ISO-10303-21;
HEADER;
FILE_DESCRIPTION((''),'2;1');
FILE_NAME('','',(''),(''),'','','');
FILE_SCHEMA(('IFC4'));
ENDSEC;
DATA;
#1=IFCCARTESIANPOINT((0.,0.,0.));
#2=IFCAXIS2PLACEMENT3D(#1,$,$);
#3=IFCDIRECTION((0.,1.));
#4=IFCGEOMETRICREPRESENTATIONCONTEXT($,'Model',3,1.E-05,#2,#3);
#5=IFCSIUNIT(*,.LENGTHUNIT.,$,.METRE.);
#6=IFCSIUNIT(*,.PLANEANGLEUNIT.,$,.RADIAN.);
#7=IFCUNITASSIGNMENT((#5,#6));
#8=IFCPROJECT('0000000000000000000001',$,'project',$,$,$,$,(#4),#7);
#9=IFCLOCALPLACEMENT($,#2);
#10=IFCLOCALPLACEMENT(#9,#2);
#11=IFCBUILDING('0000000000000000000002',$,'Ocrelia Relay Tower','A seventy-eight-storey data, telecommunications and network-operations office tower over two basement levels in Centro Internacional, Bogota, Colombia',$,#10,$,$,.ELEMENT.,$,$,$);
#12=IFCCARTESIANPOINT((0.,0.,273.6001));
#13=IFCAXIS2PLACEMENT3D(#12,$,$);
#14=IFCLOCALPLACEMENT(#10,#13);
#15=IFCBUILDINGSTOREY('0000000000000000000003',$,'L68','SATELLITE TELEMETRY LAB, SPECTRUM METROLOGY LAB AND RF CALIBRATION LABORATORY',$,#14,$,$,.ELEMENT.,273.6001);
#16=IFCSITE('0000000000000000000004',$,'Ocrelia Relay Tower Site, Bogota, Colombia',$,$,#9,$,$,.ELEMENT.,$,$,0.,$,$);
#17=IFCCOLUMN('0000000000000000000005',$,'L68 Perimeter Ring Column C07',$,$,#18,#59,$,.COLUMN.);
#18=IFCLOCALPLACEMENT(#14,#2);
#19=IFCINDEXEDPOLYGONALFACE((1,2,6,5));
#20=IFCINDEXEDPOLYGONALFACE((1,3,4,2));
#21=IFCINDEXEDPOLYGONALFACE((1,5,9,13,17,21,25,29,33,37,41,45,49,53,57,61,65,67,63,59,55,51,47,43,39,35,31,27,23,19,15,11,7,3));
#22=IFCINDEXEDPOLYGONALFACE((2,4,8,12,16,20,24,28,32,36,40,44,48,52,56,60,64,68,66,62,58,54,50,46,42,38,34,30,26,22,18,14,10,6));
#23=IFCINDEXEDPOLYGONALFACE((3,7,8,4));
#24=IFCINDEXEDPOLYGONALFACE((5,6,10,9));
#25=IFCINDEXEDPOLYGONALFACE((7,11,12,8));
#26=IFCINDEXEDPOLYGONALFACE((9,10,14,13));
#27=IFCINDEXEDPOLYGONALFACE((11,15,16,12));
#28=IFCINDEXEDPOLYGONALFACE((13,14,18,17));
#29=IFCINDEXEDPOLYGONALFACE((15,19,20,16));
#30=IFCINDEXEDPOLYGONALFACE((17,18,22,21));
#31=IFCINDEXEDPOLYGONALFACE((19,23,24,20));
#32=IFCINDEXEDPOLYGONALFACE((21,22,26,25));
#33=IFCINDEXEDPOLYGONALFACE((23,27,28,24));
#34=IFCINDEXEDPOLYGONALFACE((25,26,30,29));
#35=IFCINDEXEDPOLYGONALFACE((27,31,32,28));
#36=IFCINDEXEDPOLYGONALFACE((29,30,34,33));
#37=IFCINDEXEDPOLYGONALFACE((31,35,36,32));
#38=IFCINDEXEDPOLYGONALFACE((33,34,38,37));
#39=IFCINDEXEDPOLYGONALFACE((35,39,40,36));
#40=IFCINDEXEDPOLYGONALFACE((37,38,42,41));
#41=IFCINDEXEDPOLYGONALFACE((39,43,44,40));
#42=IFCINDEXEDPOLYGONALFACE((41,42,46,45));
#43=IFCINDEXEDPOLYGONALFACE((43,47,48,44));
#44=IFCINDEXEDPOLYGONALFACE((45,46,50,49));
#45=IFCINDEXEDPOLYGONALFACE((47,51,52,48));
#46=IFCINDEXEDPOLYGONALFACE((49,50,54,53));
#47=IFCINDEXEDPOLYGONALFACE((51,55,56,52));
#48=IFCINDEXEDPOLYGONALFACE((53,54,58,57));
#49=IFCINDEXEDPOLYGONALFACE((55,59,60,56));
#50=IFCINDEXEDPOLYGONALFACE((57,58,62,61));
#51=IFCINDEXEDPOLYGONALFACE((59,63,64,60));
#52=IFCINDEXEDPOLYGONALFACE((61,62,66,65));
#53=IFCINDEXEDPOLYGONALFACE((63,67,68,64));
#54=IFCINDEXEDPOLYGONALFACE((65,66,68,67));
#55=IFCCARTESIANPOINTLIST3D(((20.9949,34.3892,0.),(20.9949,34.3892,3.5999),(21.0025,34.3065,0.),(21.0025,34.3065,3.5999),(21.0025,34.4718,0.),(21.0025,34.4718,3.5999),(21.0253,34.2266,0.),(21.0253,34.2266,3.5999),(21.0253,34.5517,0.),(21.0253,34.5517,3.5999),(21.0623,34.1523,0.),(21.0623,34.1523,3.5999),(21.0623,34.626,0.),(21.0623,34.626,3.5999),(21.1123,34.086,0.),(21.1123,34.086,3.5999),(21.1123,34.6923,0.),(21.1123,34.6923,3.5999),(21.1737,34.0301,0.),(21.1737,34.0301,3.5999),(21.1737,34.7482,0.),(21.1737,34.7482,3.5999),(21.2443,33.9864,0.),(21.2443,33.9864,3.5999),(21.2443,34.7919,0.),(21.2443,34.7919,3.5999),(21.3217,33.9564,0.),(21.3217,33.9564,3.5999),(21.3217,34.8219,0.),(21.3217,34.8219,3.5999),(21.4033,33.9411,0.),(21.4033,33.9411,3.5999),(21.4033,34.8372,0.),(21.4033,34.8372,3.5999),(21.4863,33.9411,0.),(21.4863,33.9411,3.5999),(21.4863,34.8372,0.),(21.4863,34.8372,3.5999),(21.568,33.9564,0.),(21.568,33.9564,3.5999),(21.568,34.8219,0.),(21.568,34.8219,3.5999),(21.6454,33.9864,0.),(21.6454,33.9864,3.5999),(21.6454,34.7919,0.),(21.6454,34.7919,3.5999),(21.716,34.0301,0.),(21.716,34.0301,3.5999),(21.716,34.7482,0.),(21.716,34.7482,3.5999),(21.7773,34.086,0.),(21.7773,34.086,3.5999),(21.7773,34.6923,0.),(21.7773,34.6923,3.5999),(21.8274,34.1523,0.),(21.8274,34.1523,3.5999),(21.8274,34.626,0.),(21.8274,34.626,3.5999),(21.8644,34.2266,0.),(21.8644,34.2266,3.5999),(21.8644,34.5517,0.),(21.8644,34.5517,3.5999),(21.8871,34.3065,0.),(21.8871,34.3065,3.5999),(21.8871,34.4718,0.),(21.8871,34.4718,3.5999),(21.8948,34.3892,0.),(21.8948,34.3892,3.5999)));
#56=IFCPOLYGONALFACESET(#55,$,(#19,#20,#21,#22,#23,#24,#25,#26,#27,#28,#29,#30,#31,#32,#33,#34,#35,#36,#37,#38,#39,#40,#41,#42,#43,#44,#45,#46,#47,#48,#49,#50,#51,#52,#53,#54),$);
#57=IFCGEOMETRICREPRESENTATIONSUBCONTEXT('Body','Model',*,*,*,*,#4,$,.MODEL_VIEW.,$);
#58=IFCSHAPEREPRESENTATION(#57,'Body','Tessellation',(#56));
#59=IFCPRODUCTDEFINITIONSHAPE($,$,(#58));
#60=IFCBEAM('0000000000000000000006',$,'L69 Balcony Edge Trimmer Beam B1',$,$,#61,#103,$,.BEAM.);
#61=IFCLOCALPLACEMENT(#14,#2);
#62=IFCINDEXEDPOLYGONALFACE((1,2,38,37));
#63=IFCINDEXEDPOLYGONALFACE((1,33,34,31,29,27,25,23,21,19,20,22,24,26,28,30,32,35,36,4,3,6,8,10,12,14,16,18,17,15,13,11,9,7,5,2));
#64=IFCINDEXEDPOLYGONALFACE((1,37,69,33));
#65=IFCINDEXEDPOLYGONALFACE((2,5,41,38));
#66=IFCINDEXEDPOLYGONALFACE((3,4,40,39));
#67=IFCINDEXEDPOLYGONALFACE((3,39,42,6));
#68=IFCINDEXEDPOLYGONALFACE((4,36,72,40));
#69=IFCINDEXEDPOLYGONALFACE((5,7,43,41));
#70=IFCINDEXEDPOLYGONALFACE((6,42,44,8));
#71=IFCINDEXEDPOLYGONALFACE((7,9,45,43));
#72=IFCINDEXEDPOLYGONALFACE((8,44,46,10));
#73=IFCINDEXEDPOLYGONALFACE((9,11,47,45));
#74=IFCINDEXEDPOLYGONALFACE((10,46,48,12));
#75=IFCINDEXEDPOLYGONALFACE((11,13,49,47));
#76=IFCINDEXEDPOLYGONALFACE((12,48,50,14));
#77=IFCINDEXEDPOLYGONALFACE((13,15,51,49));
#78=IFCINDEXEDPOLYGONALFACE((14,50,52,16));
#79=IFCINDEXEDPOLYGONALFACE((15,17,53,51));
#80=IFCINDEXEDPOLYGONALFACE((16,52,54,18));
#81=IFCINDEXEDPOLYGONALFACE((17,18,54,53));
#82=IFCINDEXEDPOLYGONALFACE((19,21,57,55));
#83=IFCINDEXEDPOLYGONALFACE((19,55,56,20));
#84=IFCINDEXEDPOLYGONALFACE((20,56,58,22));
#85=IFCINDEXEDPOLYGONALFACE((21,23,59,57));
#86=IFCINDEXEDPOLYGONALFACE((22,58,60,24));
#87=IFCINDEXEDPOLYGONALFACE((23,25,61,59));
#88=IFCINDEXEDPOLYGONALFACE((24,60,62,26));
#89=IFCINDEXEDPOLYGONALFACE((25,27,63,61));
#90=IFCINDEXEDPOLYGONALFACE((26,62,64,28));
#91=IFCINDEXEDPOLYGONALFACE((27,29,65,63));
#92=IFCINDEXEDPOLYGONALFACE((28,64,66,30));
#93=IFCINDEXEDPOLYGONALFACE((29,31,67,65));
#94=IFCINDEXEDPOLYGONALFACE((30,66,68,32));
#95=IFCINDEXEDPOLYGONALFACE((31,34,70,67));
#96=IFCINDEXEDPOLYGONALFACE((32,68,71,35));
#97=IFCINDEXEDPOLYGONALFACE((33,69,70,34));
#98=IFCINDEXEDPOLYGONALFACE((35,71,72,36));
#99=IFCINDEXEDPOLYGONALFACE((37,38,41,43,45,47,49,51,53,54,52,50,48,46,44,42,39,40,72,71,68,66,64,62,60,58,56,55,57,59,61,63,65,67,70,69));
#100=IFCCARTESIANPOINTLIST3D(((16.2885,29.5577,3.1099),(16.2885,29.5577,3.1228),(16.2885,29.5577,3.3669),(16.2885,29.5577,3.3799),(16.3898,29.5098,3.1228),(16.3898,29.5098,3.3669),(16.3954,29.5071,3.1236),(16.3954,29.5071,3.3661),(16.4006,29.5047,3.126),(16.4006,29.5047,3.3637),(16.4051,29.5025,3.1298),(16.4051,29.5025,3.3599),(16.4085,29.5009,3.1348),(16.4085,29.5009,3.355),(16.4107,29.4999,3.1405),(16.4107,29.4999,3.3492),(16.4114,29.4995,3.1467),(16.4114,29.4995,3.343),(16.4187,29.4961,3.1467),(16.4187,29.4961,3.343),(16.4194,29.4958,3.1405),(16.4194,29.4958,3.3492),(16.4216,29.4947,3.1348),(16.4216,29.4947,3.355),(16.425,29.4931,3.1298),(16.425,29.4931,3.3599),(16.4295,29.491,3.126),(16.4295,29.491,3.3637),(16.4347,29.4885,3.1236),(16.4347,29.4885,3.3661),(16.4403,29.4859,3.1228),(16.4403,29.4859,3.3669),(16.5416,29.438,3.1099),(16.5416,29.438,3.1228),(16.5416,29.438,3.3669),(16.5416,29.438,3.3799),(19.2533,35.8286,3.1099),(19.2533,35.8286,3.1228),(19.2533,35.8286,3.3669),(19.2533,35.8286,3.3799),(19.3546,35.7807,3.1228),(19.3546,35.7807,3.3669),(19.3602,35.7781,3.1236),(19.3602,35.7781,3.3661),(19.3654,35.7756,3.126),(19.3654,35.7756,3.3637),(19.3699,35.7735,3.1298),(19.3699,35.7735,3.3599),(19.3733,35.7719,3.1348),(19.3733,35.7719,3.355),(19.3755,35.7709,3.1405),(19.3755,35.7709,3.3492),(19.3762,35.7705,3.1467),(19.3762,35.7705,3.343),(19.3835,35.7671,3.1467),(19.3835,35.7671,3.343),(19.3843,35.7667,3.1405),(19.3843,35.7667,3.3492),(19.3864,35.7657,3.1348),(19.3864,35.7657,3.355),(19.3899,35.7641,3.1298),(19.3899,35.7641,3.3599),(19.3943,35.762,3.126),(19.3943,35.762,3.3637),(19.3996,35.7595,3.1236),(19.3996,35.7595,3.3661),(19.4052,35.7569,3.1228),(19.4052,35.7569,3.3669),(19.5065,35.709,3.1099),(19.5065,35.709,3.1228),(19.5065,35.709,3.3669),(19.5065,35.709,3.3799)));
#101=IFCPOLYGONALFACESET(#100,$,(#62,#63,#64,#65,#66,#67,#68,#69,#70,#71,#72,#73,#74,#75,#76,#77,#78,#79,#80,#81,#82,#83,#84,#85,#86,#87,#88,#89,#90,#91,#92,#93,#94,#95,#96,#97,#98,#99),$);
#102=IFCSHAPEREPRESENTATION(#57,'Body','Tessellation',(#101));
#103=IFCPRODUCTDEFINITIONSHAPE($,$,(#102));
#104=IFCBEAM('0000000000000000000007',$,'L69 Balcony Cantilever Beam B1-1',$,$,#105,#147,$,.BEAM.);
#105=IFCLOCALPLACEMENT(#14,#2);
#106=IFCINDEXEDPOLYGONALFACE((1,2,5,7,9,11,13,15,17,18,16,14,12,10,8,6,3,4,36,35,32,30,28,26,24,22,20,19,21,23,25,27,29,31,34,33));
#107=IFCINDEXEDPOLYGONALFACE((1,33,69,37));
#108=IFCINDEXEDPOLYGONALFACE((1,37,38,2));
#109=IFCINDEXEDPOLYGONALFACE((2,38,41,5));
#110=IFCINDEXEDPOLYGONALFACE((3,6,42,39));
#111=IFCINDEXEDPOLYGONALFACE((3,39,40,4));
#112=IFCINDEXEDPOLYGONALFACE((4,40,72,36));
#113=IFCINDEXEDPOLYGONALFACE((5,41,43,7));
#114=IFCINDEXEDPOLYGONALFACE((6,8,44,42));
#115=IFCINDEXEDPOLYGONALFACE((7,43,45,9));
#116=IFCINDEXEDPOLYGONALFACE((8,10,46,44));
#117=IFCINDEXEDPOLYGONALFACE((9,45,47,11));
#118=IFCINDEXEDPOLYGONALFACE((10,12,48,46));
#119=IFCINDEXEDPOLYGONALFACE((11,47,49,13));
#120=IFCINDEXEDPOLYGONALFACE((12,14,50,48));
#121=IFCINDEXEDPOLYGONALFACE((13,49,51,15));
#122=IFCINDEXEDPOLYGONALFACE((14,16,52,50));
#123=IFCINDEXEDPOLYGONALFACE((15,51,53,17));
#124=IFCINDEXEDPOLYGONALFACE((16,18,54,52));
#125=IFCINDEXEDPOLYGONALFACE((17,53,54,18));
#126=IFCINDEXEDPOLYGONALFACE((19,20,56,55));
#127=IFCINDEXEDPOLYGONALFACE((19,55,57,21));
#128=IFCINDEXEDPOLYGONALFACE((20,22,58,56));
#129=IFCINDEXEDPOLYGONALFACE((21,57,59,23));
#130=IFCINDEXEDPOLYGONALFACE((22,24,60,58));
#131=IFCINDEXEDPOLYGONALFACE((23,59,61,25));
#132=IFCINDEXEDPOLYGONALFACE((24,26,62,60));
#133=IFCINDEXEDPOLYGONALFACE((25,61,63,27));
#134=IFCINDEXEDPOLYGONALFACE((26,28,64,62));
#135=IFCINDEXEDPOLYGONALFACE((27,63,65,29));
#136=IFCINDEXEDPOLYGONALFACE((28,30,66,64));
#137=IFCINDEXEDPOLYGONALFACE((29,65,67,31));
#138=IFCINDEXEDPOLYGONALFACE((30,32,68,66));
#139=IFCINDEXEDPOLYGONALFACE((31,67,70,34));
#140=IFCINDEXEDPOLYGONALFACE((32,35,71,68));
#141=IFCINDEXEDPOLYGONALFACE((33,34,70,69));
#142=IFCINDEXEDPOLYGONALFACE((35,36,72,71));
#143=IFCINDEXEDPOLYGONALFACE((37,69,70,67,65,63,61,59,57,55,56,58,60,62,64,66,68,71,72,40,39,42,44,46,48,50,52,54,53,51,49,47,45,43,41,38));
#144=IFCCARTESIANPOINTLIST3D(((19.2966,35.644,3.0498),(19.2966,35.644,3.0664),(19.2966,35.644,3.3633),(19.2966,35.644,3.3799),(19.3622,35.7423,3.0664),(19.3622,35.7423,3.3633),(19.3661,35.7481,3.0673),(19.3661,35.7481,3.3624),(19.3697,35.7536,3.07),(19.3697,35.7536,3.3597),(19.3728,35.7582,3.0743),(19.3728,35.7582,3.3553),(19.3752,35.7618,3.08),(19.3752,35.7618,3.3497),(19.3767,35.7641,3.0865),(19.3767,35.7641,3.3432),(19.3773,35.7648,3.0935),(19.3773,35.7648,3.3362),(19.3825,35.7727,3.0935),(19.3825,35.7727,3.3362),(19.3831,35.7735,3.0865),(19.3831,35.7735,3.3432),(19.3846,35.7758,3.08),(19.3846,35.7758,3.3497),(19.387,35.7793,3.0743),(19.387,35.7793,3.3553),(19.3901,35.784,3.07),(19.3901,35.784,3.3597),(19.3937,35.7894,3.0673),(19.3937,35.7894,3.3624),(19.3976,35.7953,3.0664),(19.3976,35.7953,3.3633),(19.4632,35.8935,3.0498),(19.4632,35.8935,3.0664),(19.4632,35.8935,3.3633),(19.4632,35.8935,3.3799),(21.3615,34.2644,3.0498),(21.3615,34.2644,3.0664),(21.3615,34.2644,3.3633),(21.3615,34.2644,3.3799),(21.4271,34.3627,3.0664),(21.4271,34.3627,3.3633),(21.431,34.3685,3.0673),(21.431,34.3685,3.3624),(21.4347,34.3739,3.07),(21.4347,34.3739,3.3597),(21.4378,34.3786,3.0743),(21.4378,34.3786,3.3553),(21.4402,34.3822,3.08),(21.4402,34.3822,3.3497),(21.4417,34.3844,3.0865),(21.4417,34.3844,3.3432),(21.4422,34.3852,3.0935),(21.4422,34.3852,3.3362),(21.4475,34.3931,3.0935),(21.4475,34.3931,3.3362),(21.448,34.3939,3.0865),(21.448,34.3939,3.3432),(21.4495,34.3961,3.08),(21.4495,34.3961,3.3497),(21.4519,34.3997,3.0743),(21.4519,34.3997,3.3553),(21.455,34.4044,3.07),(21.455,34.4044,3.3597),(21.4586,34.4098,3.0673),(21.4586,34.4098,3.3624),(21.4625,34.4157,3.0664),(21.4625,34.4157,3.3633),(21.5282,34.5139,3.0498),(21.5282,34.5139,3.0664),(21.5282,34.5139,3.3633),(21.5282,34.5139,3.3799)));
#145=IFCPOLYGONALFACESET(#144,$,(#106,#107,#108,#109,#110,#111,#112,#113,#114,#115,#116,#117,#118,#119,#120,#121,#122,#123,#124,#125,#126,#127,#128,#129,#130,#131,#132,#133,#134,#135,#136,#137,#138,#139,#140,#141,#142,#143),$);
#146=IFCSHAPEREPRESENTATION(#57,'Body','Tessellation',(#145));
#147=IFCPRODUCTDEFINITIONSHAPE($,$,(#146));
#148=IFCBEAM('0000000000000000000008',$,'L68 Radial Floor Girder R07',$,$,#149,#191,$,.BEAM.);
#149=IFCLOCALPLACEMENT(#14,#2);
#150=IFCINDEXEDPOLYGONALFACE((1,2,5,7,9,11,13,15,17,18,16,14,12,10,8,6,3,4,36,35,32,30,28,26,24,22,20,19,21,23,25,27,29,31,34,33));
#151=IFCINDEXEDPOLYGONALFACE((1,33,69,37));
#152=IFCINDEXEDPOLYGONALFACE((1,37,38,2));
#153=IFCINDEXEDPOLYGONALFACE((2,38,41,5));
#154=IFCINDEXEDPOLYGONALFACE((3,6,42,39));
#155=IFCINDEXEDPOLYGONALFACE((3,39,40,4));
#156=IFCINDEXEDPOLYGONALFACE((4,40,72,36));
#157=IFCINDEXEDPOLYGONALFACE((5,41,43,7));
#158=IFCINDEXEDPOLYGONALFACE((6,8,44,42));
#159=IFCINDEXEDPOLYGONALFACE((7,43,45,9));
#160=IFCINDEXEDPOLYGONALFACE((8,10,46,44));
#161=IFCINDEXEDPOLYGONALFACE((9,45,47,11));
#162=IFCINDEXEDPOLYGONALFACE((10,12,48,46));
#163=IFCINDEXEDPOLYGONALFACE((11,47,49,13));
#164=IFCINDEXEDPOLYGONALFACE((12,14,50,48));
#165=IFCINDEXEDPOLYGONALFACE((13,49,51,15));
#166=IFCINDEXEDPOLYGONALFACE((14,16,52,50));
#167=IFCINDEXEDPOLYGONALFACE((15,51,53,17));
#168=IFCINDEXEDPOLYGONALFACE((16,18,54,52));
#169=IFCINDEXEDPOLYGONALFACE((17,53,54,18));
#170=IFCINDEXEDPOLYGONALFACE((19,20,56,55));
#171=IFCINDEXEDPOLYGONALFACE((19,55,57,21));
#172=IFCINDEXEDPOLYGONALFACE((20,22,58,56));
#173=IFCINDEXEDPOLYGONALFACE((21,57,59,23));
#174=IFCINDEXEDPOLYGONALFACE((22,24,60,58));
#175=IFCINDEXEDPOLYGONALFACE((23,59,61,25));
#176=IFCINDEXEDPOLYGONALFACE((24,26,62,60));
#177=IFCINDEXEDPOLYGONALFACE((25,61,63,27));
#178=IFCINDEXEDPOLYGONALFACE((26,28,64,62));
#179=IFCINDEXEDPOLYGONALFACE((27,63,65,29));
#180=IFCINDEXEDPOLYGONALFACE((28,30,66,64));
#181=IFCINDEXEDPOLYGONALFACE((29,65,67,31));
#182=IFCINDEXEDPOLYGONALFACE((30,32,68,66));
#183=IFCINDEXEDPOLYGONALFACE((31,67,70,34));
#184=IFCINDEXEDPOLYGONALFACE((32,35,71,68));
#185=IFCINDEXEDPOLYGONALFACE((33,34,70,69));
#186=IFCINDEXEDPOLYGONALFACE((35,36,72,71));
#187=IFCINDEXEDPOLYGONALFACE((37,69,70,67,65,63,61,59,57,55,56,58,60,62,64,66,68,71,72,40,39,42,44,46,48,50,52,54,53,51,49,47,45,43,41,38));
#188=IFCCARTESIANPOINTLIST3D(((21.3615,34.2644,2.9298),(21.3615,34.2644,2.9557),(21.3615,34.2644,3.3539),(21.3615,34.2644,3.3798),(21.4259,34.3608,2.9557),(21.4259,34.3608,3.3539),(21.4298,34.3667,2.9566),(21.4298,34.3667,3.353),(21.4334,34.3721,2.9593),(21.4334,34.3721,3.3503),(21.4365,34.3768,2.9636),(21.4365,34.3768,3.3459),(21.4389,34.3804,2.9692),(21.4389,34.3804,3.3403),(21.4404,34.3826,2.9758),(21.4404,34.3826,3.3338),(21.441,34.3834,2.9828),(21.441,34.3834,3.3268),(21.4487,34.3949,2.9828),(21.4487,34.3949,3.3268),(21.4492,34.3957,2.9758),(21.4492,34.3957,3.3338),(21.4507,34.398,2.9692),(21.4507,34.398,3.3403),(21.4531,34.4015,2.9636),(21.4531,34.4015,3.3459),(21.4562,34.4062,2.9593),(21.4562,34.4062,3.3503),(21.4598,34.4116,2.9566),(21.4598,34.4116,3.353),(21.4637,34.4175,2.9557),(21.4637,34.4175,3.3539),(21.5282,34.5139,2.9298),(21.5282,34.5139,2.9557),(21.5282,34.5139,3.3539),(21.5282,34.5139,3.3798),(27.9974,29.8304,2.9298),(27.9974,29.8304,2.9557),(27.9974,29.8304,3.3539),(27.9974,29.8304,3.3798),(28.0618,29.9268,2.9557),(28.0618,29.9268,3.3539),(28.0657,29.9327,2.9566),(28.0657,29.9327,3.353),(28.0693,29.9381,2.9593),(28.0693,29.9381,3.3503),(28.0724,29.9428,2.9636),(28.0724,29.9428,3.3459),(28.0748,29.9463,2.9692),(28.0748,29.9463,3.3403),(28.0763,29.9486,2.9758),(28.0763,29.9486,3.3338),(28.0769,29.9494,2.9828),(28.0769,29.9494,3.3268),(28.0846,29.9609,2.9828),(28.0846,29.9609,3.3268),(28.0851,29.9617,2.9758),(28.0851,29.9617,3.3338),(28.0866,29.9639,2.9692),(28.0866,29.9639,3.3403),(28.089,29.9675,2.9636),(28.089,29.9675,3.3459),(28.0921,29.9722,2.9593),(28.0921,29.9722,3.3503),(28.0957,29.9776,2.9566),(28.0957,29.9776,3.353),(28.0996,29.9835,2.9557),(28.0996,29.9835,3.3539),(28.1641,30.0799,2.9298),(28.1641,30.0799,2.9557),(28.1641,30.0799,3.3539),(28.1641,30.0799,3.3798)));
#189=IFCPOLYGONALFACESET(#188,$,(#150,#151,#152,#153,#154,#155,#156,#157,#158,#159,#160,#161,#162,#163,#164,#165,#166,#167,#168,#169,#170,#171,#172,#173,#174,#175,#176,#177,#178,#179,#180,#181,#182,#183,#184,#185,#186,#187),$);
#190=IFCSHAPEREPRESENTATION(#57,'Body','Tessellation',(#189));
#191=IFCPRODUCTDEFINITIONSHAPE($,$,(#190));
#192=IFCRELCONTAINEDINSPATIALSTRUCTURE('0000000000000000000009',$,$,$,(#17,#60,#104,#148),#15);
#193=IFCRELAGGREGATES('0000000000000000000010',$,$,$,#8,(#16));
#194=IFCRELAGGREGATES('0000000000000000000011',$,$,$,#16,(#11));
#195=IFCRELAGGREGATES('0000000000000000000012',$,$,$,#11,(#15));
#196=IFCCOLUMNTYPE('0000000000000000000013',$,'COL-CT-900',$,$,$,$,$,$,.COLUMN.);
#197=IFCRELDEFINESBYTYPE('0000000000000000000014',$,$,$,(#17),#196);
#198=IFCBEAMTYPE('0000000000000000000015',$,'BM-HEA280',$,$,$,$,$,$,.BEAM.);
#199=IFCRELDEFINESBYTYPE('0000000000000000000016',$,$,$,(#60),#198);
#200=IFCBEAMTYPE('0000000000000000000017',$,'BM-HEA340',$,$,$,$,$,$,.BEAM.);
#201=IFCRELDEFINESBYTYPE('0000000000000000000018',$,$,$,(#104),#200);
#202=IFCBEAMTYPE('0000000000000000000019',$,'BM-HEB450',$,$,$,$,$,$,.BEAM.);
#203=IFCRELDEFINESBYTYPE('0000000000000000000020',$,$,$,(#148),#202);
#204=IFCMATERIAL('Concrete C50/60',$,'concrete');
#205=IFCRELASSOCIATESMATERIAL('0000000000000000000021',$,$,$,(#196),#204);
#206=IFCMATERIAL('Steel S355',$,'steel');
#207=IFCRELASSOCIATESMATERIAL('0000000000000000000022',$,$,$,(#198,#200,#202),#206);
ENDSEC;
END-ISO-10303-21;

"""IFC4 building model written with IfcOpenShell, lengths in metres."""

from ifc_helpers import new_model, si_unit, direction, frame, origin, origin_2d, place, context, subcontext, project, spatial, circle, i_section, extrude, material, material_profile, profile_set, type_object, element, save


model = new_model("IFC4")

# Units and contexts
model_context = context("Model", 3, precision=1e-05, world=origin(), true_north=direction((0.0, 1.0)))
body_context = subcontext(model_context, "Body", "Model", "MODEL_VIEW")
ifc_project = project(units=[si_unit("LENGTHUNIT", "METRE"), si_unit("PLANEANGLEUNIT", "RADIAN")], contexts=[model_context])

# Site, building, storey
site_placement = place(None, origin())
site = spatial("IfcSite", under=ifc_project, at=site_placement, Name="Ocrelia Relay Tower Site, Bogota, Colombia", CompositionType="ELEMENT", RefElevation=0.0)
building_placement = place(site_placement, origin())
building = spatial("IfcBuilding", under=site, at=building_placement, Name="Ocrelia Relay Tower", Description="A seventy-eight-storey data, telecommunications and network-operations office tower over two basement levels in Centro Internacional, Bogota, Colombia", CompositionType="ELEMENT")
storey_placement = place(building_placement, frame((0.0, 0.0, 273.6001)))
storey = spatial("IfcBuildingStorey", under=building, at=storey_placement, Name="L68", Description="SATELLITE TELEMETRY LAB, SPECTRUM METROLOGY LAB AND RF CALIBRATION LABORATORY", CompositionType="ELEMENT", Elevation=273.6001)

# Column
ifc_material_1 = material(Name="Concrete C50/60", Category="concrete")
ifc_material_profile_1 = material_profile(ifc_material_1, circle(Radius=0.45, at=origin_2d()), Name="RC-CIR-900")
ifc_profile_set_1 = profile_set([ifc_material_profile_1], Name="Concrete C50/60")
column_type = type_object("IfcColumnType", Name="COL-CT-900", PredefinedType="COLUMN", material=ifc_profile_set_1)
column_placement = place(storey_placement, frame((21.4448, 34.3892, 0.0), z_axis=(0.0, 0.0, 1.0), x_axis=(1.0, 0.0, 0.0)))
element("IfcColumn", 1, at=column_placement, inside=storey, type_object=column_type, Name="L68 Perimeter Ring Column C07", PredefinedType="COLUMN", context=body_context, shape_type="SweptSolid", body=[
    extrude(circle(Radius=0.45, at=origin_2d()), origin(), (0.0, 0.0, 1.0), 3.5999),
])

# Beams
ifc_material_2 = material(Name="Steel S355", Category="steel")
ifc_material_profile_2 = material_profile(ifc_material_2, i_section(OverallWidth=0.28, OverallDepth=0.27, WebThickness=0.0081, FlangeThickness=0.0129, FilletRadius=0.0239, at=origin_2d()), Name="HEA 280")
ifc_profile_set_2 = profile_set([ifc_material_profile_2], Name="Steel S355")
beam_type_1 = type_object("IfcBeamType", Name="BM-HEA280", PredefinedType="BEAM", material=ifc_profile_set_2)
beam_1_placement = place(storey_placement, frame((19.3799, 35.7688, 3.2449), z_axis=(-0.427424, -0.904051, 0.0), x_axis=(0.904051, -0.427424, 0.0)))
element("IfcBeam", 2, at=beam_1_placement, inside=storey, type_object=beam_type_1, Name="L69 Balcony Edge Trimmer Beam B1", PredefinedType="BEAM", context=body_context, shape_type="SweptSolid", body=[
    extrude(i_section(OverallWidth=0.28, OverallDepth=0.27, WebThickness=0.0081, FlangeThickness=0.0129, FilletRadius=0.0239, at=origin_2d()), origin(), (0.0, 0.0, 1.0), 6.9365),
])
ifc_material_profile_3 = material_profile(ifc_material_2, i_section(OverallWidth=0.3, OverallDepth=0.3301, WebThickness=0.0095, FlangeThickness=0.0166, FilletRadius=0.0271, at=origin_2d()), Name="HEA 340")
ifc_profile_set_3 = profile_set([ifc_material_profile_3], Name="Steel S355")
beam_type_2 = type_object("IfcBeamType", Name="BM-HEA340", PredefinedType="BEAM", material=ifc_profile_set_3)
beam_2_placement = place(storey_placement, frame((21.4448, 34.3892, 3.2148), z_axis=(-0.83149, 0.555539, 0.0), x_axis=(-0.555539, -0.83149, 0.0)))
element("IfcBeam", 3, at=beam_2_placement, inside=storey, type_object=beam_type_2, Name="L69 Balcony Cantilever Beam B1-1", PredefinedType="BEAM", context=body_context, shape_type="SweptSolid", body=[
    extrude(i_section(OverallWidth=0.3, OverallDepth=0.3301, WebThickness=0.0095, FlangeThickness=0.0166, FilletRadius=0.0271, at=origin_2d()), origin(), (0.0, 0.0, 1.0), 2.4834),
])
ifc_material_profile_4 = material_profile(ifc_material_2, i_section(OverallWidth=0.3, OverallDepth=0.45, WebThickness=0.0139, FlangeThickness=0.0259, FilletRadius=0.0271, at=origin_2d()), Name="HEB 450")
ifc_profile_set_4 = profile_set([ifc_material_profile_4], Name="Steel S355")
beam_type_3 = type_object("IfcBeamType", Name="BM-HEB450", PredefinedType="BEAM", material=ifc_profile_set_4)
beam_3_placement = place(storey_placement, frame((21.4448, 34.3892, 3.1548), z_axis=(0.831466, -0.555575, 0.0), x_axis=(0.555575, 0.831466, 0.0)))
element("IfcBeam", 4, at=beam_3_placement, inside=storey, type_object=beam_type_3, Name="L68 Radial Floor Girder R07", PredefinedType="BEAM", context=body_context, shape_type="SweptSolid", body=[
    extrude(i_section(OverallWidth=0.3, OverallDepth=0.45, WebThickness=0.0139, FlangeThickness=0.0259, FilletRadius=0.0271, at=origin_2d()), origin(), (0.0, 0.0, 1.0), 7.981),
])

save(model, "model.ifc")
